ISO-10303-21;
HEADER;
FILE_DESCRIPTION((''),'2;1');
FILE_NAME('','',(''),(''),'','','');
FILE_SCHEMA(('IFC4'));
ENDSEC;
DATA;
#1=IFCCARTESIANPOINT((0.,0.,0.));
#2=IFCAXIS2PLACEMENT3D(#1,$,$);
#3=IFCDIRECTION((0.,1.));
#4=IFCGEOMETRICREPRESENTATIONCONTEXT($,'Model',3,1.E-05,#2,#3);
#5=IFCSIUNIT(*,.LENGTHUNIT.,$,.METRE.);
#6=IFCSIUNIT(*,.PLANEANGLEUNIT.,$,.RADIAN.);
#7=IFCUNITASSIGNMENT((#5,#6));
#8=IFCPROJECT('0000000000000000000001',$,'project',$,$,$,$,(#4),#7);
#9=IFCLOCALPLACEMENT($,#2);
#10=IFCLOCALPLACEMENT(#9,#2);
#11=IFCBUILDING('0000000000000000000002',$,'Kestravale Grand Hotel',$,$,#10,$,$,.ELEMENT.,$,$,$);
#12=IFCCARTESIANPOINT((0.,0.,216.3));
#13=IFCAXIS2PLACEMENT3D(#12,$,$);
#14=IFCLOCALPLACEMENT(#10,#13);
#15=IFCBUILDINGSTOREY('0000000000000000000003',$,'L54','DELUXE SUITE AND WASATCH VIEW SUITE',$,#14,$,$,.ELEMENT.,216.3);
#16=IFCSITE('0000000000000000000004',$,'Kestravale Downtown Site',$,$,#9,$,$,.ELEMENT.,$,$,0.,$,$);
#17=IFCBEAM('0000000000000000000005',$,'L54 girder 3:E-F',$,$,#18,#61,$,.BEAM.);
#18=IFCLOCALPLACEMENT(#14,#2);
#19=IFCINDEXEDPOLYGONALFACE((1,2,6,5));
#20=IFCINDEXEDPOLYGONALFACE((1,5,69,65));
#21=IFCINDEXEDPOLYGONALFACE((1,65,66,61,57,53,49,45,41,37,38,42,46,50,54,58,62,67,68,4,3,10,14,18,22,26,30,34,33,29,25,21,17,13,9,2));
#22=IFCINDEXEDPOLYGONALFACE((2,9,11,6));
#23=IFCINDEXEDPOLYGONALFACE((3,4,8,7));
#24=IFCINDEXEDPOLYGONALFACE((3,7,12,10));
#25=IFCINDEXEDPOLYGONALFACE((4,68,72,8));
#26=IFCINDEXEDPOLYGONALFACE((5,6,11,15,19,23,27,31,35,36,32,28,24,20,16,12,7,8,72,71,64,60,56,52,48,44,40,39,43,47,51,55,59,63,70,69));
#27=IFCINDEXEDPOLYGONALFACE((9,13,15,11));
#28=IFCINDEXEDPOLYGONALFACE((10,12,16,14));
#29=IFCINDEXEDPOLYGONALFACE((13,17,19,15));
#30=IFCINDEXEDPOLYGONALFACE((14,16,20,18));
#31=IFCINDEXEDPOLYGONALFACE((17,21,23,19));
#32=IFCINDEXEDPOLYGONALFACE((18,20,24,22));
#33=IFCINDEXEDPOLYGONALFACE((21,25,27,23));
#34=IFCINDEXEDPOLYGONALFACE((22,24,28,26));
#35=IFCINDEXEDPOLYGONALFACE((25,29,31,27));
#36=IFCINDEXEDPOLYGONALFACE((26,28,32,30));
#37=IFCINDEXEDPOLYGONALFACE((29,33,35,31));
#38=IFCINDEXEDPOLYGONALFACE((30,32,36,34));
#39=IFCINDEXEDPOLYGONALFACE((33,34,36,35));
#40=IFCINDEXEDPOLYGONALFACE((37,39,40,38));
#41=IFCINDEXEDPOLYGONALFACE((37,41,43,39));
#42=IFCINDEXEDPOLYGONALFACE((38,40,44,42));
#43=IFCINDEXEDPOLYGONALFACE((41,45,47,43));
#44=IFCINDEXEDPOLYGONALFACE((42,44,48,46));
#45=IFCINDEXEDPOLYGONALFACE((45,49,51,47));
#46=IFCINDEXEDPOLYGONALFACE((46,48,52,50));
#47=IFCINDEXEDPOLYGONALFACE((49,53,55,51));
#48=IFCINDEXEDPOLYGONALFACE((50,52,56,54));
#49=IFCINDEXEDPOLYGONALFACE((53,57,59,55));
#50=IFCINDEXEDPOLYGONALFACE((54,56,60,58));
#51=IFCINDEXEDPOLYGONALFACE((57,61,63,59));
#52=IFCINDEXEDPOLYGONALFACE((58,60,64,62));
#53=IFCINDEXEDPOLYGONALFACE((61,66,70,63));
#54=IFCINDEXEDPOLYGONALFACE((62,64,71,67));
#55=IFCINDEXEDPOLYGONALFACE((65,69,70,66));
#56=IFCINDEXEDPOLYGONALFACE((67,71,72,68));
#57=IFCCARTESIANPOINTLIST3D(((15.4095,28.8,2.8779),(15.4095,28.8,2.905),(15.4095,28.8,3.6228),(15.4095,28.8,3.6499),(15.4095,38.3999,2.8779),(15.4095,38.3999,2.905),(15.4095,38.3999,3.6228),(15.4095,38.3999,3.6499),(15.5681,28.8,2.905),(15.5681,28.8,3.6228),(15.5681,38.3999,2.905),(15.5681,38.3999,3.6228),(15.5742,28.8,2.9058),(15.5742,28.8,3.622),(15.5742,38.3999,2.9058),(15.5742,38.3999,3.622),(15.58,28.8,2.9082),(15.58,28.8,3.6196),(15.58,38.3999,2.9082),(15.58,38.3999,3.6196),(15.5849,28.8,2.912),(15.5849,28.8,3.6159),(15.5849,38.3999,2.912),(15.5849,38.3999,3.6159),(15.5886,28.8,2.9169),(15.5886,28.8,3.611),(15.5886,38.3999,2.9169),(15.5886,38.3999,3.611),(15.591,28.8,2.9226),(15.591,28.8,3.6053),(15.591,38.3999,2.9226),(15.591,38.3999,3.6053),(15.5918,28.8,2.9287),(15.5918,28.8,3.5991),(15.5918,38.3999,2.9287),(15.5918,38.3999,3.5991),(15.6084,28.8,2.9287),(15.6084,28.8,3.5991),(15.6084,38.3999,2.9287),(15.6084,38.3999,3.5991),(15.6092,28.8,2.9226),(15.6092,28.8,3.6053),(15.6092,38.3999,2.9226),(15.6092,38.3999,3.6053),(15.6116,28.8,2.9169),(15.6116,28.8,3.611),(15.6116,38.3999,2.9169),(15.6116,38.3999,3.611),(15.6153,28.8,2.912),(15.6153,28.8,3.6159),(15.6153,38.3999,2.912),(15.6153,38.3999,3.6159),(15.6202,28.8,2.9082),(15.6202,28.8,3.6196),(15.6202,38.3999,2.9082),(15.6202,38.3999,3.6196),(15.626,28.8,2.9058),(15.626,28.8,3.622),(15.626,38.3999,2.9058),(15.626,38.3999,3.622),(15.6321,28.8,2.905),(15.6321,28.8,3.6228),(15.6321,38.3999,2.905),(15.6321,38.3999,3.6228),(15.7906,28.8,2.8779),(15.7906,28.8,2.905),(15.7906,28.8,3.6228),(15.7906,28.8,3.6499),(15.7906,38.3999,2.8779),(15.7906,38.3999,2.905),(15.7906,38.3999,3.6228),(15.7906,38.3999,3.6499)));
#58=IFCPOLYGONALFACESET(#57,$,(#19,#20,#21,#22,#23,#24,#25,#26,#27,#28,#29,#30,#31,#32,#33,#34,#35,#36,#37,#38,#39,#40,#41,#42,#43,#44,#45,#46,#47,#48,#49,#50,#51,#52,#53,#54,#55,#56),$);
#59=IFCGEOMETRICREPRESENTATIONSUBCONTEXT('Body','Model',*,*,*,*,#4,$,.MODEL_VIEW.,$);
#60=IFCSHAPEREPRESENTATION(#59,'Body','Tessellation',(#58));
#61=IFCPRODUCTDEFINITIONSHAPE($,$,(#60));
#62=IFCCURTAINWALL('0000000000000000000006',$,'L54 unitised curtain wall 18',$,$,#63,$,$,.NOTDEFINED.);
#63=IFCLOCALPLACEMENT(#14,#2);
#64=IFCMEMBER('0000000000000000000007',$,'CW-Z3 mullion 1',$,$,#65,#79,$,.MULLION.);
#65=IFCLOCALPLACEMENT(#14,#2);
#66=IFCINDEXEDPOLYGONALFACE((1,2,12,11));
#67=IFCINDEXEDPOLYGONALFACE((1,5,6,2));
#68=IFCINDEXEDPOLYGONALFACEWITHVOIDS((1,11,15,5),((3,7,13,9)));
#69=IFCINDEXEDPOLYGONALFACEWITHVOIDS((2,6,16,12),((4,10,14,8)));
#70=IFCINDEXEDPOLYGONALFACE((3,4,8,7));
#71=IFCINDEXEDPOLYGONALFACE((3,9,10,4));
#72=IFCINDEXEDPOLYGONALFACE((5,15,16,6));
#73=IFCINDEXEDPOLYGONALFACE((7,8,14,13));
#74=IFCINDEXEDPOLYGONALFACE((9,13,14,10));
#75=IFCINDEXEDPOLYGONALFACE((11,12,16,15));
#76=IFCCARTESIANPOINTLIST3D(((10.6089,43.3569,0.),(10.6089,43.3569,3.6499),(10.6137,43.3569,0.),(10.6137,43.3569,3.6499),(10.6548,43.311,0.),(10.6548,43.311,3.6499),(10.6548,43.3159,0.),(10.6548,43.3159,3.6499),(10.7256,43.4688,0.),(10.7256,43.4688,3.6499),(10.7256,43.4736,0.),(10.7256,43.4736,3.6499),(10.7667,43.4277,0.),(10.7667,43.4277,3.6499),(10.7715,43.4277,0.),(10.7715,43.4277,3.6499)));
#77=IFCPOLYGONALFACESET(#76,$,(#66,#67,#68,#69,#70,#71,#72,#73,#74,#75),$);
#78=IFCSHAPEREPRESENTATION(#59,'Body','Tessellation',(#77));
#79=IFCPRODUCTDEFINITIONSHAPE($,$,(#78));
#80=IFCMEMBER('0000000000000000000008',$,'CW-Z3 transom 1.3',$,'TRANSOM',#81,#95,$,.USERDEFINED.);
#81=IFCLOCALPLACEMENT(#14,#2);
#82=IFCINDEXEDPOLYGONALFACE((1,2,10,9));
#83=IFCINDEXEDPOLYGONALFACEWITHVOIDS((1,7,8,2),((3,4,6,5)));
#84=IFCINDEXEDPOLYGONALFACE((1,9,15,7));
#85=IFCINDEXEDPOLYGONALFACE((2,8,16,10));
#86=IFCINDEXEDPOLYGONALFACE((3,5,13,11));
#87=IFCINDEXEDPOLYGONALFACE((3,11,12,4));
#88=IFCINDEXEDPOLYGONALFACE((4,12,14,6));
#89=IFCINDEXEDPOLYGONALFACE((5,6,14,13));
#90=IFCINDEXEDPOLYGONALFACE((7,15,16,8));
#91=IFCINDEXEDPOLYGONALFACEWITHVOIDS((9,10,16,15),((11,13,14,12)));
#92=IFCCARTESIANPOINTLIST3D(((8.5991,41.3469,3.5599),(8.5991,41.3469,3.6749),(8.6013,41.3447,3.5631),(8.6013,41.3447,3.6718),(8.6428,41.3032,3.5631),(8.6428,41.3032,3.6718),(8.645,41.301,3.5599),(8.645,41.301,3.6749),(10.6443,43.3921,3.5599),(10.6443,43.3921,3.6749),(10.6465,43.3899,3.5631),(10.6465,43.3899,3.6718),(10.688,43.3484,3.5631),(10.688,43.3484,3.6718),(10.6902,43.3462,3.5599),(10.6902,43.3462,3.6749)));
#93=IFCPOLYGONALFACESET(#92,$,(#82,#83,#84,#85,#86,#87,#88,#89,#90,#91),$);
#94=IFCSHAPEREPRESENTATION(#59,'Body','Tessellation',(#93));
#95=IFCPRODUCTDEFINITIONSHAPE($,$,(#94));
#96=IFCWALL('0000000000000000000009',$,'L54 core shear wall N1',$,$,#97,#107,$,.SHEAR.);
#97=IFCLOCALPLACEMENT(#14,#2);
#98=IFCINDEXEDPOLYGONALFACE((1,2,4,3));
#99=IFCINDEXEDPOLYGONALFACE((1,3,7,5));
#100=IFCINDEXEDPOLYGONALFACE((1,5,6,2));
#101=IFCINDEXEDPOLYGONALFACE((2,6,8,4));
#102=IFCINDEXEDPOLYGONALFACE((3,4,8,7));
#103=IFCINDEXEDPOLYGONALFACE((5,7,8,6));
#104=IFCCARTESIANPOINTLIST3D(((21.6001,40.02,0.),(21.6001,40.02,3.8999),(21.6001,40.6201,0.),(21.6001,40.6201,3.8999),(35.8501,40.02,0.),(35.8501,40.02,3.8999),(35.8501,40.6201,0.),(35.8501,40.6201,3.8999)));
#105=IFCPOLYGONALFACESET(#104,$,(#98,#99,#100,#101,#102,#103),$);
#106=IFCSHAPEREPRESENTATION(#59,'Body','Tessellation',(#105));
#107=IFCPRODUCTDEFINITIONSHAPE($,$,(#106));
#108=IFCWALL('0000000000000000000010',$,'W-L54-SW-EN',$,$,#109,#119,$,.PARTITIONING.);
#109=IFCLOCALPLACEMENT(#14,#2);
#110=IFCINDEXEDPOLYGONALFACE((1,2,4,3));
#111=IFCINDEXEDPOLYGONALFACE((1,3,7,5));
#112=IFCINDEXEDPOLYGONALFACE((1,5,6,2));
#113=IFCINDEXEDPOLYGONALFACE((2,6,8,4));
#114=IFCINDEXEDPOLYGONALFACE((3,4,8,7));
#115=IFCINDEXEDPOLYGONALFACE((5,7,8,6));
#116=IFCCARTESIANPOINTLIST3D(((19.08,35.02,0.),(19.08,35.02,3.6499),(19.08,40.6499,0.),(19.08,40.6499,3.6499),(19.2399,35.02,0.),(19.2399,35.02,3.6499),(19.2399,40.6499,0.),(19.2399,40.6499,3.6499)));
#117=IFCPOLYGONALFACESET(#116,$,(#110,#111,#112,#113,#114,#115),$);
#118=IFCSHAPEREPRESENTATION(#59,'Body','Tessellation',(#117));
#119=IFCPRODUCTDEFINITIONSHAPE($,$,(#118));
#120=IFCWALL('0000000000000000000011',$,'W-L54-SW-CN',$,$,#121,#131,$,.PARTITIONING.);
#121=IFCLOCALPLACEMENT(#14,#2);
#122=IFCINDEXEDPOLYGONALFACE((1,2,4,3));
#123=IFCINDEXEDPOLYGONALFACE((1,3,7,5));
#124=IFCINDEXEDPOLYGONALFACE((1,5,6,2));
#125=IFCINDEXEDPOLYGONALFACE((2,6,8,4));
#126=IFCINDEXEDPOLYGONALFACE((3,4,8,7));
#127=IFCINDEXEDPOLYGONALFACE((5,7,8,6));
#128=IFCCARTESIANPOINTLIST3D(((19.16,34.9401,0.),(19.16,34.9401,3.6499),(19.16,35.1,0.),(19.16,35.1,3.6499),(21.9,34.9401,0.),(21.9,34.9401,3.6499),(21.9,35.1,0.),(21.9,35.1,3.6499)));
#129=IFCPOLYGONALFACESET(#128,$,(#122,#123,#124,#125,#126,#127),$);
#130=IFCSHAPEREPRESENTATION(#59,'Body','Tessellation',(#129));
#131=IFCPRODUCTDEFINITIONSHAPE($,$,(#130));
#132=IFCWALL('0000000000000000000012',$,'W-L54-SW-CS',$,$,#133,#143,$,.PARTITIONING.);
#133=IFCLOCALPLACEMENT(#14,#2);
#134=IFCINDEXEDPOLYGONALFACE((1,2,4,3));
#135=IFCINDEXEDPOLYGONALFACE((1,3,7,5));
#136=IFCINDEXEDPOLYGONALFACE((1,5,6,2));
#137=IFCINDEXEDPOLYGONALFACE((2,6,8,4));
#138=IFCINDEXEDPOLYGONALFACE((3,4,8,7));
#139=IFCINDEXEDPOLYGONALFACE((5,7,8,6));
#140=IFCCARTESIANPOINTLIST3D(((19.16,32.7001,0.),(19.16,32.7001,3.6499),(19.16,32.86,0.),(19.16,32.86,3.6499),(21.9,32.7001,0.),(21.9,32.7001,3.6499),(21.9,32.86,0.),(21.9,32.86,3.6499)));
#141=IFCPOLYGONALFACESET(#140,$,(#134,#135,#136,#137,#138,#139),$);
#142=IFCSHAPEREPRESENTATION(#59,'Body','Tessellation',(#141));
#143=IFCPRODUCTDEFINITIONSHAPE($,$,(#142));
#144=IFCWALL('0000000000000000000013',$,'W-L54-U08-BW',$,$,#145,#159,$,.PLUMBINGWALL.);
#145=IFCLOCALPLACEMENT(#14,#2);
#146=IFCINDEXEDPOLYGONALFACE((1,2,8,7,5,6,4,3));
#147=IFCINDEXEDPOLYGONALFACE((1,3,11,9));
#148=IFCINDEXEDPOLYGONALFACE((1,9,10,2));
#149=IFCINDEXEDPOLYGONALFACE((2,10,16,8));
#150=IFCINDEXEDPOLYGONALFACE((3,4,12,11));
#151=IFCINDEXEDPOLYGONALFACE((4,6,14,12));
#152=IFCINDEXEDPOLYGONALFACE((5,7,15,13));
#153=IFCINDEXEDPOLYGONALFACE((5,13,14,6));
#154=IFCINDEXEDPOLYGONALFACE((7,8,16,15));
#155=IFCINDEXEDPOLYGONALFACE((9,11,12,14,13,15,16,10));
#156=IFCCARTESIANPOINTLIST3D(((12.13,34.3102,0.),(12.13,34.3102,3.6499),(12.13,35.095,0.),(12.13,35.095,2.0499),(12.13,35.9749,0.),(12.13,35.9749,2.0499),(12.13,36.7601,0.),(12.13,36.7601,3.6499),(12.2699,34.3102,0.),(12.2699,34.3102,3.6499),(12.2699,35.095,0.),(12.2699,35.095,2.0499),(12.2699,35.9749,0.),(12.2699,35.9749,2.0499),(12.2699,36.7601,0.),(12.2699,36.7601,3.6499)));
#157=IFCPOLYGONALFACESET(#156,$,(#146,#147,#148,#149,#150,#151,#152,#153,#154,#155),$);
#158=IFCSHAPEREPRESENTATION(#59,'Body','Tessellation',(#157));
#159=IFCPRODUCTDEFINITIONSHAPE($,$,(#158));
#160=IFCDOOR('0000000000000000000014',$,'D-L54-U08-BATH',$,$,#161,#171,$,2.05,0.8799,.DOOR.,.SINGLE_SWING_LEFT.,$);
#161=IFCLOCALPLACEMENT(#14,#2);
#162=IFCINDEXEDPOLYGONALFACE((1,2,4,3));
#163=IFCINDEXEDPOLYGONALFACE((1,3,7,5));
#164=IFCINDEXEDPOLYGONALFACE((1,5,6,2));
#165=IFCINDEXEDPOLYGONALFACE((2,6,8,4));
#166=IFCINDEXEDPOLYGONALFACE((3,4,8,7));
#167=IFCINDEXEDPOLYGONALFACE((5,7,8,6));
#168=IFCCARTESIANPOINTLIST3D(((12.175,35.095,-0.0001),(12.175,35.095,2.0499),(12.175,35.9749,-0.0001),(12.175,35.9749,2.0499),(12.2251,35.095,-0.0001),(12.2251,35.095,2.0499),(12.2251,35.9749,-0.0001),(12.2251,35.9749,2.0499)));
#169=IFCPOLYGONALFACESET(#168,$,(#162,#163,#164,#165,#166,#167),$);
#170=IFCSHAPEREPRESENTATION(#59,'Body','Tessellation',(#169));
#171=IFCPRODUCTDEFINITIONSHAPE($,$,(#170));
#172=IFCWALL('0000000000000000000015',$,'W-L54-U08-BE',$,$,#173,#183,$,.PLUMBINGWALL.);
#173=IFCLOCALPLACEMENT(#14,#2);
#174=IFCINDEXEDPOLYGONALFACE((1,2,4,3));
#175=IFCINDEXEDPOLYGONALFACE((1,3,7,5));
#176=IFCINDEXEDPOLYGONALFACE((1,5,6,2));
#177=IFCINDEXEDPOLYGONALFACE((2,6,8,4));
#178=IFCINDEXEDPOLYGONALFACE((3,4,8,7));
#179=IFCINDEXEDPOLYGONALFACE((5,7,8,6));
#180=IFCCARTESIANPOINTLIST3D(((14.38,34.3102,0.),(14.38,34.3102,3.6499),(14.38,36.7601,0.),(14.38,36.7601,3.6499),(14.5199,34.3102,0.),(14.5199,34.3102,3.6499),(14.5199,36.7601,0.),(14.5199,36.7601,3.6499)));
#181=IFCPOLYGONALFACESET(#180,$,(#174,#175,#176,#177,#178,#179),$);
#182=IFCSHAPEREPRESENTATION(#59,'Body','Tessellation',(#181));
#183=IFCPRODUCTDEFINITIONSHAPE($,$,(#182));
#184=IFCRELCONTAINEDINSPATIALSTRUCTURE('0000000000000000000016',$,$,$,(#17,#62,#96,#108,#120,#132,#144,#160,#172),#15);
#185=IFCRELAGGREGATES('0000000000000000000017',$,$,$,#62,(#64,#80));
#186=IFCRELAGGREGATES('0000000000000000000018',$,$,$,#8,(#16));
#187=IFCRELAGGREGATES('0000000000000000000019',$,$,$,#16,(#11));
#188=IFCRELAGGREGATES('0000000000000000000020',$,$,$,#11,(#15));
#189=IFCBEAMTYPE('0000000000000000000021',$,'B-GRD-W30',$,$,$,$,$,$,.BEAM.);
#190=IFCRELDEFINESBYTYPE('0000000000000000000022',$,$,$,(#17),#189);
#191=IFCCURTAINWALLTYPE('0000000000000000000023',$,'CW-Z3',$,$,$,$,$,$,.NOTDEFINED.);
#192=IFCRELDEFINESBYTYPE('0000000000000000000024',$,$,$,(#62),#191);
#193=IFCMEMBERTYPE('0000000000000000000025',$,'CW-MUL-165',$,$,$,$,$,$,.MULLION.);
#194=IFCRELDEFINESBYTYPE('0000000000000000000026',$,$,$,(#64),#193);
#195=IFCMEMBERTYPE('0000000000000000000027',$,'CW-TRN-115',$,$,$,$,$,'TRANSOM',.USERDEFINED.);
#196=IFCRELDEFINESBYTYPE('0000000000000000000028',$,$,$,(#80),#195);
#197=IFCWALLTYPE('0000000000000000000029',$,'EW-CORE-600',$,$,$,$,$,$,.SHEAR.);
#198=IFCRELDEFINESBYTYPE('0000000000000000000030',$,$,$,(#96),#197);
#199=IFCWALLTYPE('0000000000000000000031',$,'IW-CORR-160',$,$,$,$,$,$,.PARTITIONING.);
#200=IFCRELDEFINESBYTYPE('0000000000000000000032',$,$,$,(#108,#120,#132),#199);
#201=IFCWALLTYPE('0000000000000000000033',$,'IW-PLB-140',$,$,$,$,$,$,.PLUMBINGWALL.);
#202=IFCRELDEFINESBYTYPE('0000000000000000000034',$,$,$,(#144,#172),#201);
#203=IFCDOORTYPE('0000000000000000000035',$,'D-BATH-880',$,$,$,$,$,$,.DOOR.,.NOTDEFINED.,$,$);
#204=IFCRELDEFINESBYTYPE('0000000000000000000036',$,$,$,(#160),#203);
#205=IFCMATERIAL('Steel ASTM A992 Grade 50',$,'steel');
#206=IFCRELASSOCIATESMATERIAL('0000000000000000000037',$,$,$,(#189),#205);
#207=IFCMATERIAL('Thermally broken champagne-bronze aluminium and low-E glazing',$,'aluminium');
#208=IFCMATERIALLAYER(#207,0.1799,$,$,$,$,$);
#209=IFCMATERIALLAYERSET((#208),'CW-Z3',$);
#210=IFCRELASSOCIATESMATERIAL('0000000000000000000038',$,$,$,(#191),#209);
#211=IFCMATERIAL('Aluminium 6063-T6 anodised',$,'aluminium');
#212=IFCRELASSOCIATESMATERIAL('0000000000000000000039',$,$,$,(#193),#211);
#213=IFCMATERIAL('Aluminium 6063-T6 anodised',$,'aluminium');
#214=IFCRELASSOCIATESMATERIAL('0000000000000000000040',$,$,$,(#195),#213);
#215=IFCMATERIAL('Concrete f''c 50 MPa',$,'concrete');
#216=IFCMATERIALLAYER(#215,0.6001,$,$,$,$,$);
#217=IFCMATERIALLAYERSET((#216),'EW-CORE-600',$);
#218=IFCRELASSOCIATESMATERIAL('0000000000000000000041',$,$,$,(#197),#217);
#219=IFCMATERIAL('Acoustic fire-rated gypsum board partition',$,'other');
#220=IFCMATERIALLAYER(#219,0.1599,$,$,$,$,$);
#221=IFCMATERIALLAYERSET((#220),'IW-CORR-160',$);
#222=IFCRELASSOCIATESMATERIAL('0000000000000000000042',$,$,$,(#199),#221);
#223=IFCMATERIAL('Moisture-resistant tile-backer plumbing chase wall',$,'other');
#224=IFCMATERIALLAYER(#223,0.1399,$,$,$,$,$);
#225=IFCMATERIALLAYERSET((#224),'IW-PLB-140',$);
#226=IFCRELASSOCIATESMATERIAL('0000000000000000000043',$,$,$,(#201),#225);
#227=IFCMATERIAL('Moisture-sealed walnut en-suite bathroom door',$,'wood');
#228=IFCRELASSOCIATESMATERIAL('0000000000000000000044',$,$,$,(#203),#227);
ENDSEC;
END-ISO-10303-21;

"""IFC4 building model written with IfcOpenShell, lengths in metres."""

from ifc_helpers import new_model, si_unit, direction, frame, frame_2d, origin, origin_2d, place, context, subcontext, project, spatial, rectangle, hollow_rectangle, i_section, extrude, material, layer, layer_set, material_profile, profile_set, type_object, element, fill, aggregate, save


model = new_model("IFC4")

# Units and contexts
model_context = context("Model", 3, precision=1e-05, world=origin(), true_north=direction((0.0, 1.0)))
body_context = subcontext(model_context, "Body", "Model", "MODEL_VIEW")
ifc_project = project(units=[si_unit("LENGTHUNIT", "METRE"), si_unit("PLANEANGLEUNIT", "RADIAN")], contexts=[model_context])

# Site, building, storey
site_placement = place(None, origin())
site = spatial("IfcSite", under=ifc_project, at=site_placement, Name="Kestravale Downtown Site", CompositionType="ELEMENT", RefElevation=0.0)
building_placement = place(site_placement, origin())
building = spatial("IfcBuilding", under=site, at=building_placement, Name="Kestravale Grand Hotel", CompositionType="ELEMENT")
storey_placement = place(building_placement, frame((0.0, 0.0, 216.3)))
storey = spatial("IfcBuildingStorey", under=building, at=storey_placement, Name="L54", Description="DELUXE SUITE AND WASATCH VIEW SUITE", CompositionType="ELEMENT", Elevation=216.3)

# Beam
ifc_material_1 = material(Name="Steel ASTM A992 Grade 50", Category="steel")
ifc_material_profile_1 = material_profile(ifc_material_1, i_section(OverallWidth=0.3811, OverallDepth=0.772, WebThickness=0.0166, FlangeThickness=0.0271, FilletRadius=0.0237, at=origin_2d()))
ifc_profile_set_1 = profile_set([ifc_material_profile_1], Name="Steel ASTM A992 Grade 50")
beam_type_1 = type_object("IfcBeamType", Name="B-GRD-W30", PredefinedType="BEAM", material=ifc_profile_set_1)
beam_1_placement = place(storey_placement, frame((15.6001, 28.8, 3.2639), z_axis=(0.0, 1.0, 0.0), x_axis=(-1.0, 0.0, 0.0)))
element("IfcBeam", 1, at=beam_1_placement, inside=storey, type_object=beam_type_1, Name="L54 girder 3:E-F", PredefinedType="BEAM", context=body_context, shape_type="SweptSolid", body=[
    extrude(i_section(OverallWidth=0.3811, OverallDepth=0.772, WebThickness=0.0166, FlangeThickness=0.0271, FilletRadius=0.0237, at=origin_2d()), origin(), (0.0, 0.0, 1.0), 9.5999),
])

# Curtain wall, members
ifc_material_2 = material(Name="Thermally broken champagne-bronze aluminium and low-E glazing", Category="aluminium")
ifc_layer_1 = layer(ifc_material_2, 0.1799)
ifc_layer_set_1 = layer_set([ifc_layer_1], Name="CW-Z3")
curtain_wall_type = type_object("IfcCurtainWallType", Name="CW-Z3", PredefinedType="NOTDEFINED", material=ifc_layer_set_1)
curtain_wall_placement = place(storey_placement, origin())
curtain_wall = element("IfcCurtainWall", 2, at=curtain_wall_placement, inside=storey, type_object=curtain_wall_type, Name="L54 unitised curtain wall 18", PredefinedType="NOTDEFINED")
ifc_material_3 = material(Name="Aluminium 6063-T6 anodised", Category="aluminium")
ifc_material_profile_2 = material_profile(ifc_material_3, hollow_rectangle(XDim=0.0649, YDim=0.165, WallThickness=0.0034, at=origin_2d()))
ifc_profile_set_2 = profile_set([ifc_material_profile_2], Name="Aluminium 6063-T6 anodised")
member_type_1 = type_object("IfcMemberType", Name="CW-MUL-165", PredefinedType="MULLION", material=ifc_profile_set_2)
member_1_placement = place(storey_placement, frame((10.6902, 43.3923, 0.0), z_axis=(0.0, 0.0, 1.0), x_axis=(0.707107, -0.707107, 0.0)))
member_1 = element("IfcMember", 3, at=member_1_placement, type_object=member_type_1, Name="CW-Z3 mullion 1", PredefinedType="MULLION", context=body_context, shape_type="SweptSolid", body=[
    extrude(hollow_rectangle(XDim=0.0649, YDim=0.165, WallThickness=0.0034, at=origin_2d()), origin(), (0.0, 0.0, 1.0), 3.6499),
])
ifc_material_4 = material(Name="Aluminium 6063-T6 anodised", Category="aluminium")
ifc_material_profile_3 = material_profile(ifc_material_4, hollow_rectangle(XDim=0.0649, YDim=0.115, WallThickness=0.0032, at=origin_2d()))
ifc_profile_set_3 = profile_set([ifc_material_profile_3], Name="Aluminium 6063-T6 anodised")
member_type_2 = type_object("IfcMemberType", Name="CW-TRN-115", ElementType="TRANSOM", PredefinedType="USERDEFINED", material=ifc_profile_set_3)
member_2_placement = place(storey_placement, frame((10.6672, 43.3691, 3.6174), z_axis=(-0.707107, -0.707107, 0.0), x_axis=(0.707107, -0.707107, 0.0)))
member_2 = element("IfcMember", 4, at=member_2_placement, type_object=member_type_2, Name="CW-Z3 transom 1.3", ObjectType="TRANSOM", PredefinedType="USERDEFINED", context=body_context, shape_type="SweptSolid", body=[
    extrude(hollow_rectangle(XDim=0.0649, YDim=0.115, WallThickness=0.0032, at=origin_2d()), origin(), (0.0, 0.0, 1.0), 2.8923),
])
aggregate(curtain_wall, [member_1, member_2])

# Walls
ifc_material_5 = material(Name="Concrete f'c 50 MPa", Category="concrete")
ifc_layer_2 = layer(ifc_material_5, 0.6001)
ifc_layer_set_2 = layer_set([ifc_layer_2], Name="EW-CORE-600")
wall_type_1 = type_object("IfcWallType", Name="EW-CORE-600", PredefinedType="SHEAR", material=ifc_layer_set_2)
wall_1_placement = place(storey_placement, frame((21.6001, 40.3201, 0.0), z_axis=(0.0, 0.0, 1.0), x_axis=(1.0, 0.0, 0.0)))
element("IfcWall", 5, at=wall_1_placement, inside=storey, type_object=wall_type_1, Name="L54 core shear wall N1", PredefinedType="SHEAR", context=body_context, shape_type="SweptSolid", body=[
    extrude(rectangle(XDim=14.25, YDim=0.6001, at=frame_2d((7.125, 0.0))), origin(), (0.0, 0.0, 1.0), 3.8999),
])
ifc_material_6 = material(Name="Acoustic fire-rated gypsum board partition", Category="other")
ifc_layer_3 = layer(ifc_material_6, 0.1599)
ifc_layer_set_3 = layer_set([ifc_layer_3], Name="IW-CORR-160")
wall_type_2 = type_object("IfcWallType", Name="IW-CORR-160", PredefinedType="PARTITIONING", material=ifc_layer_set_3)
wall_2_placement = place(storey_placement, frame((19.1599, 35.02, 0.0), z_axis=(0.0, 0.0, 1.0), x_axis=(0.0, 1.0, 0.0)))
element("IfcWall", 6, at=wall_2_placement, inside=storey, type_object=wall_type_2, Name="W-L54-SW-EN", PredefinedType="PARTITIONING", context=body_context, shape_type="SweptSolid", body=[
    extrude(rectangle(XDim=5.6299, YDim=0.1599, at=frame_2d((2.8149, 0.0))), origin(), (0.0, 0.0, 1.0), 3.6499),
])
for number, where, z_axis, x_axis, name in (
    (7, (19.1599, 35.02, 0.0), (0.0, 0.0, 1.0), (1.0, 0.0, 0.0), "W-L54-SW-CN"),
    (8, (19.1599, 32.78, 0.0), (0.0, 0.0, 1.0), (1.0, 0.0, 0.0), "W-L54-SW-CS"),
):
    element("IfcWall", number, at=place(storey_placement, frame(where, z_axis=z_axis, x_axis=x_axis)), inside=storey, type_object=wall_type_2, Name=name, PredefinedType="PARTITIONING", context=body_context, shape_type="SweptSolid", body=[
        extrude(rectangle(XDim=2.74, YDim=0.1599, at=frame_2d((1.3701, 0.0))), origin(), (0.0, 0.0, 1.0), 3.6499),
    ])

# Wall, opening, door
ifc_material_7 = material(Name="Moisture-resistant tile-backer plumbing chase wall", Category="other")
ifc_layer_4 = layer(ifc_material_7, 0.1399)
ifc_layer_set_4 = layer_set([ifc_layer_4], Name="IW-PLB-140")
wall_type_3 = type_object("IfcWallType", Name="IW-PLB-140", PredefinedType="PLUMBINGWALL", material=ifc_layer_set_4)
wall_3_placement = place(storey_placement, frame((12.2, 34.3101, 0.0), z_axis=(0.0, 0.0, 1.0), x_axis=(0.0, 1.0, 0.0)))
wall_3 = element("IfcWall", 9, at=wall_3_placement, inside=storey, type_object=wall_type_3, Name="W-L54-U08-BW", PredefinedType="PLUMBINGWALL", context=body_context, shape_type="SweptSolid", body=[
    extrude(rectangle(XDim=2.45, YDim=0.1399, at=frame_2d((1.2251, 0.0))), origin(), (0.0, 0.0, 1.0), 3.6499),
])
opening_1_placement = place(wall_3_placement, frame((0.7849, 0.0, 0.0)))
opening_1 = element("IfcOpeningElement", 10, at=opening_1_placement, cuts=wall_3, PredefinedType="OPENING", context=body_context, shape_type="SweptSolid", body=[
    extrude(rectangle(XDim=0.8799, YDim=2.05, at=frame_2d((0.4399, 1.0249))), frame((0.0, 0.0798, 0.0), z_axis=(0.0, -1.0, 0.0), x_axis=(1.0, 0.0, 0.0)), (0.0, 0.0, 1.0), 0.1599),
])
ifc_material_8 = material(Name="Moisture-sealed walnut en-suite bathroom door", Category="wood")
door_type_1 = type_object("IfcDoorType", Name="D-BATH-880", OperationType="NOTDEFINED", PredefinedType="DOOR", material=ifc_material_8)
door_1_placement = place(opening_1_placement, origin())
door_1 = element("IfcDoor", 11, at=door_1_placement, inside=storey, type_object=door_type_1, Name="D-L54-U08-BATH", OperationType="SINGLE_SWING_LEFT", OverallHeight=2.05, OverallWidth=0.8799, PredefinedType="DOOR", context=body_context, shape_type="SweptSolid", body=[
    extrude(rectangle(XDim=0.8799, YDim=2.05, at=frame_2d((0.4399, 1.0249))), frame((0.0, 0.0249, 0.0), z_axis=(0.0, -1.0, 0.0), x_axis=(1.0, 0.0, 0.0)), (0.0, 0.0, 1.0), 0.05),
])
fill(opening_1, door_1)

# Wall
wall_4_placement = place(storey_placement, frame((14.45, 34.3101, 0.0), z_axis=(0.0, 0.0, 1.0), x_axis=(0.0, 1.0, 0.0)))
element("IfcWall", 12, at=wall_4_placement, inside=storey, type_object=wall_type_3, Name="W-L54-U08-BE", PredefinedType="PLUMBINGWALL", context=body_context, shape_type="SweptSolid", body=[
    extrude(rectangle(XDim=2.45, YDim=0.1399, at=frame_2d((1.2251, 0.0))), origin(), (0.0, 0.0, 1.0), 3.6499),
])

save(model, "model.ifc")
